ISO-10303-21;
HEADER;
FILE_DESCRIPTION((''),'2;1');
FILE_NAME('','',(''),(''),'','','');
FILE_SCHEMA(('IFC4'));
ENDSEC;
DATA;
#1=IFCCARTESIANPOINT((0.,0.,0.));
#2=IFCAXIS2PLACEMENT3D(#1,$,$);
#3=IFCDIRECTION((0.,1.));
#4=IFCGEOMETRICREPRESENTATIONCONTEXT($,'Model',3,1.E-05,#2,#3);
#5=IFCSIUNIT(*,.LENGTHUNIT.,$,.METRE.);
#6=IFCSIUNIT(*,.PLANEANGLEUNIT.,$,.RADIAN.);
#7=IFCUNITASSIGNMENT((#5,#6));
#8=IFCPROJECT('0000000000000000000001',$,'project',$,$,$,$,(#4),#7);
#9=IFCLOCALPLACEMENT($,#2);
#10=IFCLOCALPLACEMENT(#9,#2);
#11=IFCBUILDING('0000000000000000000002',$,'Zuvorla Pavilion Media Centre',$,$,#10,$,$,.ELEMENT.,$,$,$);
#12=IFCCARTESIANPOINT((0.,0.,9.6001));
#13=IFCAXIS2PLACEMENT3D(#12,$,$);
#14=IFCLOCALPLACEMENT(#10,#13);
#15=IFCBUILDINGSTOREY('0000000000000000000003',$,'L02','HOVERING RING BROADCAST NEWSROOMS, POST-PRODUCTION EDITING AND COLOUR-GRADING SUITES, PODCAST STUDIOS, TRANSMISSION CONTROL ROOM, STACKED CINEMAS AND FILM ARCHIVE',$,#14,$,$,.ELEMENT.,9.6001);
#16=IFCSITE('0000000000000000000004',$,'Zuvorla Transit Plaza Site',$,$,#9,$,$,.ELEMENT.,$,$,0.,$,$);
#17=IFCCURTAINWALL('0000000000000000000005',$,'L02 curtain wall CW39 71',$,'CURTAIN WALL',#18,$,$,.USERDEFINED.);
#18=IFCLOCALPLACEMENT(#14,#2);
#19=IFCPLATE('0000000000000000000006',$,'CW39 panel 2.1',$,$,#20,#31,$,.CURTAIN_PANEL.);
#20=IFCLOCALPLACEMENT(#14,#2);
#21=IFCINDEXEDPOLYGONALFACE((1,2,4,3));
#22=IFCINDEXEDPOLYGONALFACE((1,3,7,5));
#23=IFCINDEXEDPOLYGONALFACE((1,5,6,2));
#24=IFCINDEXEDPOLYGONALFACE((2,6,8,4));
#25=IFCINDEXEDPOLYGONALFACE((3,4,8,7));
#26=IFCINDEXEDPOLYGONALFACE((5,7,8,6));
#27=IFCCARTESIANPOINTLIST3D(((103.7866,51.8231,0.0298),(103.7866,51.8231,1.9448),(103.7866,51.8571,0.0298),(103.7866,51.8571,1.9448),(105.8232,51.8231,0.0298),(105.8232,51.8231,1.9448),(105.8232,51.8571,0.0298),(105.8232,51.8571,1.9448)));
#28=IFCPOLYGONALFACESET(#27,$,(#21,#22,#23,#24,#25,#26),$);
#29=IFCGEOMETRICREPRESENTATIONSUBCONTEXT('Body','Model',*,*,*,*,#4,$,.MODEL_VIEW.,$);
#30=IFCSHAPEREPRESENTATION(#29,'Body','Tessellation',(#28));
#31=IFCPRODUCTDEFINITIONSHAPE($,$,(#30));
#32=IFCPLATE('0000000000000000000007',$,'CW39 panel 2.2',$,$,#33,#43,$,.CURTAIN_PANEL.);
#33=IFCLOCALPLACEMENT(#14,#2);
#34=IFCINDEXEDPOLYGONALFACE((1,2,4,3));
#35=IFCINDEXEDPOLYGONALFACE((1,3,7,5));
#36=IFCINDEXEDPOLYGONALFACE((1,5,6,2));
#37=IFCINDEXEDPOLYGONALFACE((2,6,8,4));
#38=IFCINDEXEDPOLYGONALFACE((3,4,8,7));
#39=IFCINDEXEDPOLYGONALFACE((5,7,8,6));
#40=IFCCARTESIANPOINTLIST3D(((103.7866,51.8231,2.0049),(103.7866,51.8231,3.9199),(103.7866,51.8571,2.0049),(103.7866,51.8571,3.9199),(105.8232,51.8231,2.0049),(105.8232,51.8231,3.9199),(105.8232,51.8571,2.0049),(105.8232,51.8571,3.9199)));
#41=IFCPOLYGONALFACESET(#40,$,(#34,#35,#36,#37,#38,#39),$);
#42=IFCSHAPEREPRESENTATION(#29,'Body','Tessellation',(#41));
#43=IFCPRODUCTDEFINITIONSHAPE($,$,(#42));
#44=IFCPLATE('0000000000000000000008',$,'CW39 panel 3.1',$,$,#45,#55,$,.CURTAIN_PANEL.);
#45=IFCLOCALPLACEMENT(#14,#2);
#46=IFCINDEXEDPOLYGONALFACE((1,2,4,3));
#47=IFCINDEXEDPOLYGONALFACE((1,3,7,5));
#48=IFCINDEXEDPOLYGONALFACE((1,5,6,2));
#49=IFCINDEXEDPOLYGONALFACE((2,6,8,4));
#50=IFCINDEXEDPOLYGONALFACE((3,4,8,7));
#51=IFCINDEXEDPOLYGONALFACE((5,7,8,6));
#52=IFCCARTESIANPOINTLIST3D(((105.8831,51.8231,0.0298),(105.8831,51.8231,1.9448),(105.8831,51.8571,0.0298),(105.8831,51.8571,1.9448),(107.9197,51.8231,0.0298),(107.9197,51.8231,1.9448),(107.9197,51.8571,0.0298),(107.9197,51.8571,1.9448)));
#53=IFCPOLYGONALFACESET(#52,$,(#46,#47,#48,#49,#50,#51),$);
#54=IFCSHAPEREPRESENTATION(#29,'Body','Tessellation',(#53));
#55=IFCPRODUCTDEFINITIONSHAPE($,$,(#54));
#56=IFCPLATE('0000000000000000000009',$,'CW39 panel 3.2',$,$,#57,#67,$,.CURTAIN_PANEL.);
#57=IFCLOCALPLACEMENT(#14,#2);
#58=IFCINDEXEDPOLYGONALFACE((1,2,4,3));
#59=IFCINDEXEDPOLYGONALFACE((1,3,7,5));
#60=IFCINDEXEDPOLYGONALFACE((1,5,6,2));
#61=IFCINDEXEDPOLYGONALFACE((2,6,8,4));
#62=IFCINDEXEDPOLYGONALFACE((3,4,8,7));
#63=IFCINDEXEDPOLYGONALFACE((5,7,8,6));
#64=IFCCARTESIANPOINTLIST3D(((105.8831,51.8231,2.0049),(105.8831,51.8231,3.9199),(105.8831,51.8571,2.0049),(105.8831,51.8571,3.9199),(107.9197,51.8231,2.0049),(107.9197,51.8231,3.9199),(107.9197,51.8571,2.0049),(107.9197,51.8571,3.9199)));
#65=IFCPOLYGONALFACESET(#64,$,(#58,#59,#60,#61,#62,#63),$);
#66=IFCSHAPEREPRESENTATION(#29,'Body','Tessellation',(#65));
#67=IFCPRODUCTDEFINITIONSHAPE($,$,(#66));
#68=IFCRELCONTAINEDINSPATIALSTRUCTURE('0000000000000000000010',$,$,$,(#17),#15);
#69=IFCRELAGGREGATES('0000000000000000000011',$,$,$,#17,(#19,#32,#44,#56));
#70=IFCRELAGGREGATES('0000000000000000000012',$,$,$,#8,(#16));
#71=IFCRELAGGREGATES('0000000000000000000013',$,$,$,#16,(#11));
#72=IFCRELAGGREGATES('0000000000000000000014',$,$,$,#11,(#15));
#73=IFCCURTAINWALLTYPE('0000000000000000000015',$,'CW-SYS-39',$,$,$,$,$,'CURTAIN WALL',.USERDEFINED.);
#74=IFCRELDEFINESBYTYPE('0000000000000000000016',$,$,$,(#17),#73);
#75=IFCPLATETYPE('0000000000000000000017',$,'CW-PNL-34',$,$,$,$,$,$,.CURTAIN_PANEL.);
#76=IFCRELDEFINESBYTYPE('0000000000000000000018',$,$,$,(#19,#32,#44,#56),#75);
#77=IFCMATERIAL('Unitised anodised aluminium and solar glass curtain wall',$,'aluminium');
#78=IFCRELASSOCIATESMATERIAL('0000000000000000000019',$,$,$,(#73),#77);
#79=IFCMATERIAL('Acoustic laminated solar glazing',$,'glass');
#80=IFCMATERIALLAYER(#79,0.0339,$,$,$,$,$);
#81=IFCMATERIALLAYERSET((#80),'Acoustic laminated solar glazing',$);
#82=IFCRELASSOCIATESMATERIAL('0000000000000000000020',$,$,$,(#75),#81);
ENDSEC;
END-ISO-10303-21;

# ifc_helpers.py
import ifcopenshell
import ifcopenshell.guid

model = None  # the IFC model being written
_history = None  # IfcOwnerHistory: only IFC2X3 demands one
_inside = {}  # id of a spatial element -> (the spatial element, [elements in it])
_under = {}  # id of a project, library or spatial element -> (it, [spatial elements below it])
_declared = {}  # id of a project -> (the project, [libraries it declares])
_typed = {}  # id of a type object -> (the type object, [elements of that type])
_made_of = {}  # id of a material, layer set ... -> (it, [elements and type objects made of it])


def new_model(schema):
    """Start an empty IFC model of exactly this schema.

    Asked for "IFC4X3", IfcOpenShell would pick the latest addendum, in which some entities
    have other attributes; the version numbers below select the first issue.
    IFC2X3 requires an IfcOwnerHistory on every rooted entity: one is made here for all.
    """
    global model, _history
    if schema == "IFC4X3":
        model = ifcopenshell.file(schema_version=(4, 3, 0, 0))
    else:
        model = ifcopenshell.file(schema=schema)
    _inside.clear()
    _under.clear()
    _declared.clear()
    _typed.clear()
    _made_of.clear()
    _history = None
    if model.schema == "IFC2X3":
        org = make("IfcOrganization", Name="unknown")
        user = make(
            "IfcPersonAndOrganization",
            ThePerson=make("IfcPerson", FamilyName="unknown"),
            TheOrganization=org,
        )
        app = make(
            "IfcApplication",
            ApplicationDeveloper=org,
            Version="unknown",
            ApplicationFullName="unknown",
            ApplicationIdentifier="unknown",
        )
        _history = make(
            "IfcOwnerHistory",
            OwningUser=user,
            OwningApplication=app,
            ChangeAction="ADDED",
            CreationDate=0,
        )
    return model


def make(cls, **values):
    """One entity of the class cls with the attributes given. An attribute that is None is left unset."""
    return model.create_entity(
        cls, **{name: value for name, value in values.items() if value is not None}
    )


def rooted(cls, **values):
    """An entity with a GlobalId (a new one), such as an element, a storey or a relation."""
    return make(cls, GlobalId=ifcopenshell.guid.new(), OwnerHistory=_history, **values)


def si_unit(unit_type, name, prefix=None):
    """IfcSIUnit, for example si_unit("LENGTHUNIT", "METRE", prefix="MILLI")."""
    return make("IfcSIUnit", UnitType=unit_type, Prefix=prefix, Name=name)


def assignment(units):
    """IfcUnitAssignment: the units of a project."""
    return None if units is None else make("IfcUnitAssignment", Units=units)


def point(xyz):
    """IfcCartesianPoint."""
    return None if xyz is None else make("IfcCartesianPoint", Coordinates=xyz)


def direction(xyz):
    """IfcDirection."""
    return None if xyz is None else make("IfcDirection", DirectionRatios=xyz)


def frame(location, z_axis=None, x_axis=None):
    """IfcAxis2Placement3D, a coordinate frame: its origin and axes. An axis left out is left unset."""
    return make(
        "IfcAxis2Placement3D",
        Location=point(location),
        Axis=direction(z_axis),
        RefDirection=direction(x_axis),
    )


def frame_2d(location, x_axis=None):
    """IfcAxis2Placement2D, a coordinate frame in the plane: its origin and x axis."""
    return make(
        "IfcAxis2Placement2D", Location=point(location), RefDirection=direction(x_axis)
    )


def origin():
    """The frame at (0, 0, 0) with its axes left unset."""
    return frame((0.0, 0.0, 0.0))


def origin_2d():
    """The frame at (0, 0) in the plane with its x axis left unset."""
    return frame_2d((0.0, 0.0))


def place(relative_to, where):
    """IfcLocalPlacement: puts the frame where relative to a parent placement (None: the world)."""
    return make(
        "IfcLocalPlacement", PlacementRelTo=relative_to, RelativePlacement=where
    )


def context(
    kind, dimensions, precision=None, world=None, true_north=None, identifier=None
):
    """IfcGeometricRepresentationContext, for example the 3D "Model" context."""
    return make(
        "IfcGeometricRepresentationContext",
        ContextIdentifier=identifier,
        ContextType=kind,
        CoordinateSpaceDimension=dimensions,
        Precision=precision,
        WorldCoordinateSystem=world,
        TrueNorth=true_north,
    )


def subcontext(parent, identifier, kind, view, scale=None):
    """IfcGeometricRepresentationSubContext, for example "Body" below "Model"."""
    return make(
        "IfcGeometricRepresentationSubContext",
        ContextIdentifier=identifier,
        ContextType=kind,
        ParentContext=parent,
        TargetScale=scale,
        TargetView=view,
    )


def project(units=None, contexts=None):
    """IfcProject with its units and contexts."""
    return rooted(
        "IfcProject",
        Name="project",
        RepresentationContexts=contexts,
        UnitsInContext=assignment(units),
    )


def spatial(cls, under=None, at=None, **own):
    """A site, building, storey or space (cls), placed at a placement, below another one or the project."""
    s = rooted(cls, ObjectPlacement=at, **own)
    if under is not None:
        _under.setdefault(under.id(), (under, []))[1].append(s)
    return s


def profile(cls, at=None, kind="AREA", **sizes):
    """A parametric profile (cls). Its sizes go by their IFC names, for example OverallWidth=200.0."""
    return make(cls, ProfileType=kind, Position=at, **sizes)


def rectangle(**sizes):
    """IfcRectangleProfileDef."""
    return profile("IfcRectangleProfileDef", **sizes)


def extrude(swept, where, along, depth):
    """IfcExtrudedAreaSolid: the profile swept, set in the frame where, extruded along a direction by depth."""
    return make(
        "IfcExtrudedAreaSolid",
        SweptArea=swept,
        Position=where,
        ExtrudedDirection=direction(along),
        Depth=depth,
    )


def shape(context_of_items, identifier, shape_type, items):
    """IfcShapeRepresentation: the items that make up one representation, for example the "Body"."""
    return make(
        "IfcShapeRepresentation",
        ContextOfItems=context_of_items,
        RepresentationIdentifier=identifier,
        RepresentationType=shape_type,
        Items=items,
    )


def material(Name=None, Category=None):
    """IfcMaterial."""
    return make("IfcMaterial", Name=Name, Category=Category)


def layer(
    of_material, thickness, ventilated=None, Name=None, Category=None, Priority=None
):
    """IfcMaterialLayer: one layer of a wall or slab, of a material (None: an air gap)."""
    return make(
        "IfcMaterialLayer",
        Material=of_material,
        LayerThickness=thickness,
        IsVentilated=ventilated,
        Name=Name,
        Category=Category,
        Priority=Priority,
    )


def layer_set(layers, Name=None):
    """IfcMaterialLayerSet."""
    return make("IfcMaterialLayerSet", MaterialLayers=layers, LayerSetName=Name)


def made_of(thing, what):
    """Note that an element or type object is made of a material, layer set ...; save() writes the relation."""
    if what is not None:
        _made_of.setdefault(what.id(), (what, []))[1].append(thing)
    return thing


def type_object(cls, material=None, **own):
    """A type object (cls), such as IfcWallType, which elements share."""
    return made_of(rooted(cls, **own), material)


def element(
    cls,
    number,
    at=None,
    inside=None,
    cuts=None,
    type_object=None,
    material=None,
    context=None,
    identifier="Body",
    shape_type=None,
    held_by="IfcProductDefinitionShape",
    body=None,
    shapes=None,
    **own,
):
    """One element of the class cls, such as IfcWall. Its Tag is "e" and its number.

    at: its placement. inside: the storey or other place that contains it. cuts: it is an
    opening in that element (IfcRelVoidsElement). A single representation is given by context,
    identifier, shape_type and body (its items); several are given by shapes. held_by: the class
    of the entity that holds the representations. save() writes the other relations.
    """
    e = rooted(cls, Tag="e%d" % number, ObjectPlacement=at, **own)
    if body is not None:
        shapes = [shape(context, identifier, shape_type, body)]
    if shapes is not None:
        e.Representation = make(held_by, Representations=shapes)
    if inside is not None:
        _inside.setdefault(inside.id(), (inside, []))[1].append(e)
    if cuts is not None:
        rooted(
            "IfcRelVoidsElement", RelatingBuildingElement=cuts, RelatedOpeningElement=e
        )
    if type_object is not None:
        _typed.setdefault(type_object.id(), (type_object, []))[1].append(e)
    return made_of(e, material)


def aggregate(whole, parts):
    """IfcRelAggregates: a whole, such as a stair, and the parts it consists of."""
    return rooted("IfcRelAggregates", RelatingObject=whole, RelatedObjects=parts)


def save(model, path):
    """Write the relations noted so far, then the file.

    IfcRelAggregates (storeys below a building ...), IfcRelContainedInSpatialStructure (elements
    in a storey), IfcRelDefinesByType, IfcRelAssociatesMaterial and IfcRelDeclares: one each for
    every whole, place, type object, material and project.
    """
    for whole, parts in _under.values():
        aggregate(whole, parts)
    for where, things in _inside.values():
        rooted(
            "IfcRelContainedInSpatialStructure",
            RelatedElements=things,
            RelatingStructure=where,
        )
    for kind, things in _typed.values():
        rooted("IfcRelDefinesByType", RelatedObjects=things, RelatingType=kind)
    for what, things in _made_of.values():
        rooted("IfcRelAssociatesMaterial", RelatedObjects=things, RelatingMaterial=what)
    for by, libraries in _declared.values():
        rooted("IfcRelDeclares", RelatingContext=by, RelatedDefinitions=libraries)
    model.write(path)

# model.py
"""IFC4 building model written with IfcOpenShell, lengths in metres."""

from ifc_helpers import new_model, si_unit, direction, frame, origin, origin_2d, place, context, subcontext, project, spatial, rectangle, extrude, material, layer, layer_set, type_object, element, aggregate, save


model = new_model("IFC4")

# Units and contexts
model_context = context("Model", 3, precision=1e-05, world=origin(), true_north=direction((0.0, 1.0)))
body_context = subcontext(model_context, "Body", "Model", "MODEL_VIEW")
ifc_project = project(units=[si_unit("LENGTHUNIT", "METRE"), si_unit("PLANEANGLEUNIT", "RADIAN")], contexts=[model_context])

# Site, building, storey
site_placement = place(None, origin())
site = spatial("IfcSite", under=ifc_project, at=site_placement, Name="Zuvorla Transit Plaza Site", CompositionType="ELEMENT", RefElevation=0.0)
building_placement = place(site_placement, origin())
building = spatial("IfcBuilding", under=site, at=building_placement, Name="Zuvorla Pavilion Media Centre", CompositionType="ELEMENT")
storey_placement = place(building_placement, frame((0.0, 0.0, 9.6001)))
storey = spatial("IfcBuildingStorey", under=building, at=storey_placement, Name="L02", Description="HOVERING RING BROADCAST NEWSROOMS, POST-PRODUCTION EDITING AND COLOUR-GRADING SUITES, PODCAST STUDIOS, TRANSMISSION CONTROL ROOM, STACKED CINEMAS AND FILM ARCHIVE", CompositionType="ELEMENT", Elevation=9.6001)

# Curtain wall
ifc_material_1 = material(Name="Unitised anodised aluminium and solar glass curtain wall", Category="aluminium")
curtain_wall_type_1 = type_object("IfcCurtainWallType", Name="CW-SYS-39", ElementType="CURTAIN WALL", PredefinedType="USERDEFINED", material=ifc_material_1)
curtain_wall_1_placement = place(storey_placement, origin())
curtain_wall_1 = element("IfcCurtainWall", 1, at=curtain_wall_1_placement, inside=storey, type_object=curtain_wall_type_1, Name="L02 curtain wall CW39 71", ObjectType="CURTAIN WALL", PredefinedType="USERDEFINED")

# Plates
ifc_material_2 = material(Name="Acoustic laminated solar glazing", Category="glass")
ifc_layer_1 = layer(ifc_material_2, 0.0339)
ifc_layer_set_1 = layer_set([ifc_layer_1], Name="Acoustic laminated solar glazing")
plate_type_1 = type_object("IfcPlateType", Name="CW-PNL-34", PredefinedType="CURTAIN_PANEL", material=ifc_layer_set_1)
plate_1_placement = place(storey_placement, frame((104.8049, 51.8401, 0.0298), z_axis=(0.0, 0.0, 1.0), x_axis=(1.0, 0.0, 0.0)))
plate_1 = element("IfcPlate", 2, at=plate_1_placement, type_object=plate_type_1, Name="CW39 panel 2.1", PredefinedType="CURTAIN_PANEL", context=body_context, shape_type="SweptSolid", body=[
    extrude(rectangle(XDim=2.0366, YDim=0.0339, at=origin_2d()), origin(), (0.0, 0.0, 1.0), 1.915),
])
plate_2_placement = place(storey_placement, frame((104.8049, 51.8401, 2.0049), z_axis=(0.0, 0.0, 1.0), x_axis=(1.0, 0.0, 0.0)))
plate_2 = element("IfcPlate", 3, at=plate_2_placement, type_object=plate_type_1, Name="CW39 panel 2.2", PredefinedType="CURTAIN_PANEL", context=body_context, shape_type="SweptSolid", body=[
    extrude(rectangle(XDim=2.0366, YDim=0.0339, at=origin_2d()), origin(), (0.0, 0.0, 1.0), 1.915),
])
plate_3_placement = place(storey_placement, frame((106.9014, 51.8401, 0.0298), z_axis=(0.0, 0.0, 1.0), x_axis=(1.0, 0.0, 0.0)))
plate_3 = element("IfcPlate", 4, at=plate_3_placement, type_object=plate_type_1, Name="CW39 panel 3.1", PredefinedType="CURTAIN_PANEL", context=body_context, shape_type="SweptSolid", body=[
    extrude(rectangle(XDim=2.0366, YDim=0.0339, at=origin_2d()), origin(), (0.0, 0.0, 1.0), 1.915),
])
plate_4_placement = place(storey_placement, frame((106.9014, 51.8401, 2.0049), z_axis=(0.0, 0.0, 1.0), x_axis=(1.0, 0.0, 0.0)))
plate_4 = element("IfcPlate", 5, at=plate_4_placement, type_object=plate_type_1, Name="CW39 panel 3.2", PredefinedType="CURTAIN_PANEL", context=body_context, shape_type="SweptSolid", body=[
    extrude(rectangle(XDim=2.0366, YDim=0.0339, at=origin_2d()), origin(), (0.0, 0.0, 1.0), 1.915),
])
aggregate(curtain_wall_1, [plate_1, plate_2, plate_3, plate_4])

save(model, "model.ifc")
